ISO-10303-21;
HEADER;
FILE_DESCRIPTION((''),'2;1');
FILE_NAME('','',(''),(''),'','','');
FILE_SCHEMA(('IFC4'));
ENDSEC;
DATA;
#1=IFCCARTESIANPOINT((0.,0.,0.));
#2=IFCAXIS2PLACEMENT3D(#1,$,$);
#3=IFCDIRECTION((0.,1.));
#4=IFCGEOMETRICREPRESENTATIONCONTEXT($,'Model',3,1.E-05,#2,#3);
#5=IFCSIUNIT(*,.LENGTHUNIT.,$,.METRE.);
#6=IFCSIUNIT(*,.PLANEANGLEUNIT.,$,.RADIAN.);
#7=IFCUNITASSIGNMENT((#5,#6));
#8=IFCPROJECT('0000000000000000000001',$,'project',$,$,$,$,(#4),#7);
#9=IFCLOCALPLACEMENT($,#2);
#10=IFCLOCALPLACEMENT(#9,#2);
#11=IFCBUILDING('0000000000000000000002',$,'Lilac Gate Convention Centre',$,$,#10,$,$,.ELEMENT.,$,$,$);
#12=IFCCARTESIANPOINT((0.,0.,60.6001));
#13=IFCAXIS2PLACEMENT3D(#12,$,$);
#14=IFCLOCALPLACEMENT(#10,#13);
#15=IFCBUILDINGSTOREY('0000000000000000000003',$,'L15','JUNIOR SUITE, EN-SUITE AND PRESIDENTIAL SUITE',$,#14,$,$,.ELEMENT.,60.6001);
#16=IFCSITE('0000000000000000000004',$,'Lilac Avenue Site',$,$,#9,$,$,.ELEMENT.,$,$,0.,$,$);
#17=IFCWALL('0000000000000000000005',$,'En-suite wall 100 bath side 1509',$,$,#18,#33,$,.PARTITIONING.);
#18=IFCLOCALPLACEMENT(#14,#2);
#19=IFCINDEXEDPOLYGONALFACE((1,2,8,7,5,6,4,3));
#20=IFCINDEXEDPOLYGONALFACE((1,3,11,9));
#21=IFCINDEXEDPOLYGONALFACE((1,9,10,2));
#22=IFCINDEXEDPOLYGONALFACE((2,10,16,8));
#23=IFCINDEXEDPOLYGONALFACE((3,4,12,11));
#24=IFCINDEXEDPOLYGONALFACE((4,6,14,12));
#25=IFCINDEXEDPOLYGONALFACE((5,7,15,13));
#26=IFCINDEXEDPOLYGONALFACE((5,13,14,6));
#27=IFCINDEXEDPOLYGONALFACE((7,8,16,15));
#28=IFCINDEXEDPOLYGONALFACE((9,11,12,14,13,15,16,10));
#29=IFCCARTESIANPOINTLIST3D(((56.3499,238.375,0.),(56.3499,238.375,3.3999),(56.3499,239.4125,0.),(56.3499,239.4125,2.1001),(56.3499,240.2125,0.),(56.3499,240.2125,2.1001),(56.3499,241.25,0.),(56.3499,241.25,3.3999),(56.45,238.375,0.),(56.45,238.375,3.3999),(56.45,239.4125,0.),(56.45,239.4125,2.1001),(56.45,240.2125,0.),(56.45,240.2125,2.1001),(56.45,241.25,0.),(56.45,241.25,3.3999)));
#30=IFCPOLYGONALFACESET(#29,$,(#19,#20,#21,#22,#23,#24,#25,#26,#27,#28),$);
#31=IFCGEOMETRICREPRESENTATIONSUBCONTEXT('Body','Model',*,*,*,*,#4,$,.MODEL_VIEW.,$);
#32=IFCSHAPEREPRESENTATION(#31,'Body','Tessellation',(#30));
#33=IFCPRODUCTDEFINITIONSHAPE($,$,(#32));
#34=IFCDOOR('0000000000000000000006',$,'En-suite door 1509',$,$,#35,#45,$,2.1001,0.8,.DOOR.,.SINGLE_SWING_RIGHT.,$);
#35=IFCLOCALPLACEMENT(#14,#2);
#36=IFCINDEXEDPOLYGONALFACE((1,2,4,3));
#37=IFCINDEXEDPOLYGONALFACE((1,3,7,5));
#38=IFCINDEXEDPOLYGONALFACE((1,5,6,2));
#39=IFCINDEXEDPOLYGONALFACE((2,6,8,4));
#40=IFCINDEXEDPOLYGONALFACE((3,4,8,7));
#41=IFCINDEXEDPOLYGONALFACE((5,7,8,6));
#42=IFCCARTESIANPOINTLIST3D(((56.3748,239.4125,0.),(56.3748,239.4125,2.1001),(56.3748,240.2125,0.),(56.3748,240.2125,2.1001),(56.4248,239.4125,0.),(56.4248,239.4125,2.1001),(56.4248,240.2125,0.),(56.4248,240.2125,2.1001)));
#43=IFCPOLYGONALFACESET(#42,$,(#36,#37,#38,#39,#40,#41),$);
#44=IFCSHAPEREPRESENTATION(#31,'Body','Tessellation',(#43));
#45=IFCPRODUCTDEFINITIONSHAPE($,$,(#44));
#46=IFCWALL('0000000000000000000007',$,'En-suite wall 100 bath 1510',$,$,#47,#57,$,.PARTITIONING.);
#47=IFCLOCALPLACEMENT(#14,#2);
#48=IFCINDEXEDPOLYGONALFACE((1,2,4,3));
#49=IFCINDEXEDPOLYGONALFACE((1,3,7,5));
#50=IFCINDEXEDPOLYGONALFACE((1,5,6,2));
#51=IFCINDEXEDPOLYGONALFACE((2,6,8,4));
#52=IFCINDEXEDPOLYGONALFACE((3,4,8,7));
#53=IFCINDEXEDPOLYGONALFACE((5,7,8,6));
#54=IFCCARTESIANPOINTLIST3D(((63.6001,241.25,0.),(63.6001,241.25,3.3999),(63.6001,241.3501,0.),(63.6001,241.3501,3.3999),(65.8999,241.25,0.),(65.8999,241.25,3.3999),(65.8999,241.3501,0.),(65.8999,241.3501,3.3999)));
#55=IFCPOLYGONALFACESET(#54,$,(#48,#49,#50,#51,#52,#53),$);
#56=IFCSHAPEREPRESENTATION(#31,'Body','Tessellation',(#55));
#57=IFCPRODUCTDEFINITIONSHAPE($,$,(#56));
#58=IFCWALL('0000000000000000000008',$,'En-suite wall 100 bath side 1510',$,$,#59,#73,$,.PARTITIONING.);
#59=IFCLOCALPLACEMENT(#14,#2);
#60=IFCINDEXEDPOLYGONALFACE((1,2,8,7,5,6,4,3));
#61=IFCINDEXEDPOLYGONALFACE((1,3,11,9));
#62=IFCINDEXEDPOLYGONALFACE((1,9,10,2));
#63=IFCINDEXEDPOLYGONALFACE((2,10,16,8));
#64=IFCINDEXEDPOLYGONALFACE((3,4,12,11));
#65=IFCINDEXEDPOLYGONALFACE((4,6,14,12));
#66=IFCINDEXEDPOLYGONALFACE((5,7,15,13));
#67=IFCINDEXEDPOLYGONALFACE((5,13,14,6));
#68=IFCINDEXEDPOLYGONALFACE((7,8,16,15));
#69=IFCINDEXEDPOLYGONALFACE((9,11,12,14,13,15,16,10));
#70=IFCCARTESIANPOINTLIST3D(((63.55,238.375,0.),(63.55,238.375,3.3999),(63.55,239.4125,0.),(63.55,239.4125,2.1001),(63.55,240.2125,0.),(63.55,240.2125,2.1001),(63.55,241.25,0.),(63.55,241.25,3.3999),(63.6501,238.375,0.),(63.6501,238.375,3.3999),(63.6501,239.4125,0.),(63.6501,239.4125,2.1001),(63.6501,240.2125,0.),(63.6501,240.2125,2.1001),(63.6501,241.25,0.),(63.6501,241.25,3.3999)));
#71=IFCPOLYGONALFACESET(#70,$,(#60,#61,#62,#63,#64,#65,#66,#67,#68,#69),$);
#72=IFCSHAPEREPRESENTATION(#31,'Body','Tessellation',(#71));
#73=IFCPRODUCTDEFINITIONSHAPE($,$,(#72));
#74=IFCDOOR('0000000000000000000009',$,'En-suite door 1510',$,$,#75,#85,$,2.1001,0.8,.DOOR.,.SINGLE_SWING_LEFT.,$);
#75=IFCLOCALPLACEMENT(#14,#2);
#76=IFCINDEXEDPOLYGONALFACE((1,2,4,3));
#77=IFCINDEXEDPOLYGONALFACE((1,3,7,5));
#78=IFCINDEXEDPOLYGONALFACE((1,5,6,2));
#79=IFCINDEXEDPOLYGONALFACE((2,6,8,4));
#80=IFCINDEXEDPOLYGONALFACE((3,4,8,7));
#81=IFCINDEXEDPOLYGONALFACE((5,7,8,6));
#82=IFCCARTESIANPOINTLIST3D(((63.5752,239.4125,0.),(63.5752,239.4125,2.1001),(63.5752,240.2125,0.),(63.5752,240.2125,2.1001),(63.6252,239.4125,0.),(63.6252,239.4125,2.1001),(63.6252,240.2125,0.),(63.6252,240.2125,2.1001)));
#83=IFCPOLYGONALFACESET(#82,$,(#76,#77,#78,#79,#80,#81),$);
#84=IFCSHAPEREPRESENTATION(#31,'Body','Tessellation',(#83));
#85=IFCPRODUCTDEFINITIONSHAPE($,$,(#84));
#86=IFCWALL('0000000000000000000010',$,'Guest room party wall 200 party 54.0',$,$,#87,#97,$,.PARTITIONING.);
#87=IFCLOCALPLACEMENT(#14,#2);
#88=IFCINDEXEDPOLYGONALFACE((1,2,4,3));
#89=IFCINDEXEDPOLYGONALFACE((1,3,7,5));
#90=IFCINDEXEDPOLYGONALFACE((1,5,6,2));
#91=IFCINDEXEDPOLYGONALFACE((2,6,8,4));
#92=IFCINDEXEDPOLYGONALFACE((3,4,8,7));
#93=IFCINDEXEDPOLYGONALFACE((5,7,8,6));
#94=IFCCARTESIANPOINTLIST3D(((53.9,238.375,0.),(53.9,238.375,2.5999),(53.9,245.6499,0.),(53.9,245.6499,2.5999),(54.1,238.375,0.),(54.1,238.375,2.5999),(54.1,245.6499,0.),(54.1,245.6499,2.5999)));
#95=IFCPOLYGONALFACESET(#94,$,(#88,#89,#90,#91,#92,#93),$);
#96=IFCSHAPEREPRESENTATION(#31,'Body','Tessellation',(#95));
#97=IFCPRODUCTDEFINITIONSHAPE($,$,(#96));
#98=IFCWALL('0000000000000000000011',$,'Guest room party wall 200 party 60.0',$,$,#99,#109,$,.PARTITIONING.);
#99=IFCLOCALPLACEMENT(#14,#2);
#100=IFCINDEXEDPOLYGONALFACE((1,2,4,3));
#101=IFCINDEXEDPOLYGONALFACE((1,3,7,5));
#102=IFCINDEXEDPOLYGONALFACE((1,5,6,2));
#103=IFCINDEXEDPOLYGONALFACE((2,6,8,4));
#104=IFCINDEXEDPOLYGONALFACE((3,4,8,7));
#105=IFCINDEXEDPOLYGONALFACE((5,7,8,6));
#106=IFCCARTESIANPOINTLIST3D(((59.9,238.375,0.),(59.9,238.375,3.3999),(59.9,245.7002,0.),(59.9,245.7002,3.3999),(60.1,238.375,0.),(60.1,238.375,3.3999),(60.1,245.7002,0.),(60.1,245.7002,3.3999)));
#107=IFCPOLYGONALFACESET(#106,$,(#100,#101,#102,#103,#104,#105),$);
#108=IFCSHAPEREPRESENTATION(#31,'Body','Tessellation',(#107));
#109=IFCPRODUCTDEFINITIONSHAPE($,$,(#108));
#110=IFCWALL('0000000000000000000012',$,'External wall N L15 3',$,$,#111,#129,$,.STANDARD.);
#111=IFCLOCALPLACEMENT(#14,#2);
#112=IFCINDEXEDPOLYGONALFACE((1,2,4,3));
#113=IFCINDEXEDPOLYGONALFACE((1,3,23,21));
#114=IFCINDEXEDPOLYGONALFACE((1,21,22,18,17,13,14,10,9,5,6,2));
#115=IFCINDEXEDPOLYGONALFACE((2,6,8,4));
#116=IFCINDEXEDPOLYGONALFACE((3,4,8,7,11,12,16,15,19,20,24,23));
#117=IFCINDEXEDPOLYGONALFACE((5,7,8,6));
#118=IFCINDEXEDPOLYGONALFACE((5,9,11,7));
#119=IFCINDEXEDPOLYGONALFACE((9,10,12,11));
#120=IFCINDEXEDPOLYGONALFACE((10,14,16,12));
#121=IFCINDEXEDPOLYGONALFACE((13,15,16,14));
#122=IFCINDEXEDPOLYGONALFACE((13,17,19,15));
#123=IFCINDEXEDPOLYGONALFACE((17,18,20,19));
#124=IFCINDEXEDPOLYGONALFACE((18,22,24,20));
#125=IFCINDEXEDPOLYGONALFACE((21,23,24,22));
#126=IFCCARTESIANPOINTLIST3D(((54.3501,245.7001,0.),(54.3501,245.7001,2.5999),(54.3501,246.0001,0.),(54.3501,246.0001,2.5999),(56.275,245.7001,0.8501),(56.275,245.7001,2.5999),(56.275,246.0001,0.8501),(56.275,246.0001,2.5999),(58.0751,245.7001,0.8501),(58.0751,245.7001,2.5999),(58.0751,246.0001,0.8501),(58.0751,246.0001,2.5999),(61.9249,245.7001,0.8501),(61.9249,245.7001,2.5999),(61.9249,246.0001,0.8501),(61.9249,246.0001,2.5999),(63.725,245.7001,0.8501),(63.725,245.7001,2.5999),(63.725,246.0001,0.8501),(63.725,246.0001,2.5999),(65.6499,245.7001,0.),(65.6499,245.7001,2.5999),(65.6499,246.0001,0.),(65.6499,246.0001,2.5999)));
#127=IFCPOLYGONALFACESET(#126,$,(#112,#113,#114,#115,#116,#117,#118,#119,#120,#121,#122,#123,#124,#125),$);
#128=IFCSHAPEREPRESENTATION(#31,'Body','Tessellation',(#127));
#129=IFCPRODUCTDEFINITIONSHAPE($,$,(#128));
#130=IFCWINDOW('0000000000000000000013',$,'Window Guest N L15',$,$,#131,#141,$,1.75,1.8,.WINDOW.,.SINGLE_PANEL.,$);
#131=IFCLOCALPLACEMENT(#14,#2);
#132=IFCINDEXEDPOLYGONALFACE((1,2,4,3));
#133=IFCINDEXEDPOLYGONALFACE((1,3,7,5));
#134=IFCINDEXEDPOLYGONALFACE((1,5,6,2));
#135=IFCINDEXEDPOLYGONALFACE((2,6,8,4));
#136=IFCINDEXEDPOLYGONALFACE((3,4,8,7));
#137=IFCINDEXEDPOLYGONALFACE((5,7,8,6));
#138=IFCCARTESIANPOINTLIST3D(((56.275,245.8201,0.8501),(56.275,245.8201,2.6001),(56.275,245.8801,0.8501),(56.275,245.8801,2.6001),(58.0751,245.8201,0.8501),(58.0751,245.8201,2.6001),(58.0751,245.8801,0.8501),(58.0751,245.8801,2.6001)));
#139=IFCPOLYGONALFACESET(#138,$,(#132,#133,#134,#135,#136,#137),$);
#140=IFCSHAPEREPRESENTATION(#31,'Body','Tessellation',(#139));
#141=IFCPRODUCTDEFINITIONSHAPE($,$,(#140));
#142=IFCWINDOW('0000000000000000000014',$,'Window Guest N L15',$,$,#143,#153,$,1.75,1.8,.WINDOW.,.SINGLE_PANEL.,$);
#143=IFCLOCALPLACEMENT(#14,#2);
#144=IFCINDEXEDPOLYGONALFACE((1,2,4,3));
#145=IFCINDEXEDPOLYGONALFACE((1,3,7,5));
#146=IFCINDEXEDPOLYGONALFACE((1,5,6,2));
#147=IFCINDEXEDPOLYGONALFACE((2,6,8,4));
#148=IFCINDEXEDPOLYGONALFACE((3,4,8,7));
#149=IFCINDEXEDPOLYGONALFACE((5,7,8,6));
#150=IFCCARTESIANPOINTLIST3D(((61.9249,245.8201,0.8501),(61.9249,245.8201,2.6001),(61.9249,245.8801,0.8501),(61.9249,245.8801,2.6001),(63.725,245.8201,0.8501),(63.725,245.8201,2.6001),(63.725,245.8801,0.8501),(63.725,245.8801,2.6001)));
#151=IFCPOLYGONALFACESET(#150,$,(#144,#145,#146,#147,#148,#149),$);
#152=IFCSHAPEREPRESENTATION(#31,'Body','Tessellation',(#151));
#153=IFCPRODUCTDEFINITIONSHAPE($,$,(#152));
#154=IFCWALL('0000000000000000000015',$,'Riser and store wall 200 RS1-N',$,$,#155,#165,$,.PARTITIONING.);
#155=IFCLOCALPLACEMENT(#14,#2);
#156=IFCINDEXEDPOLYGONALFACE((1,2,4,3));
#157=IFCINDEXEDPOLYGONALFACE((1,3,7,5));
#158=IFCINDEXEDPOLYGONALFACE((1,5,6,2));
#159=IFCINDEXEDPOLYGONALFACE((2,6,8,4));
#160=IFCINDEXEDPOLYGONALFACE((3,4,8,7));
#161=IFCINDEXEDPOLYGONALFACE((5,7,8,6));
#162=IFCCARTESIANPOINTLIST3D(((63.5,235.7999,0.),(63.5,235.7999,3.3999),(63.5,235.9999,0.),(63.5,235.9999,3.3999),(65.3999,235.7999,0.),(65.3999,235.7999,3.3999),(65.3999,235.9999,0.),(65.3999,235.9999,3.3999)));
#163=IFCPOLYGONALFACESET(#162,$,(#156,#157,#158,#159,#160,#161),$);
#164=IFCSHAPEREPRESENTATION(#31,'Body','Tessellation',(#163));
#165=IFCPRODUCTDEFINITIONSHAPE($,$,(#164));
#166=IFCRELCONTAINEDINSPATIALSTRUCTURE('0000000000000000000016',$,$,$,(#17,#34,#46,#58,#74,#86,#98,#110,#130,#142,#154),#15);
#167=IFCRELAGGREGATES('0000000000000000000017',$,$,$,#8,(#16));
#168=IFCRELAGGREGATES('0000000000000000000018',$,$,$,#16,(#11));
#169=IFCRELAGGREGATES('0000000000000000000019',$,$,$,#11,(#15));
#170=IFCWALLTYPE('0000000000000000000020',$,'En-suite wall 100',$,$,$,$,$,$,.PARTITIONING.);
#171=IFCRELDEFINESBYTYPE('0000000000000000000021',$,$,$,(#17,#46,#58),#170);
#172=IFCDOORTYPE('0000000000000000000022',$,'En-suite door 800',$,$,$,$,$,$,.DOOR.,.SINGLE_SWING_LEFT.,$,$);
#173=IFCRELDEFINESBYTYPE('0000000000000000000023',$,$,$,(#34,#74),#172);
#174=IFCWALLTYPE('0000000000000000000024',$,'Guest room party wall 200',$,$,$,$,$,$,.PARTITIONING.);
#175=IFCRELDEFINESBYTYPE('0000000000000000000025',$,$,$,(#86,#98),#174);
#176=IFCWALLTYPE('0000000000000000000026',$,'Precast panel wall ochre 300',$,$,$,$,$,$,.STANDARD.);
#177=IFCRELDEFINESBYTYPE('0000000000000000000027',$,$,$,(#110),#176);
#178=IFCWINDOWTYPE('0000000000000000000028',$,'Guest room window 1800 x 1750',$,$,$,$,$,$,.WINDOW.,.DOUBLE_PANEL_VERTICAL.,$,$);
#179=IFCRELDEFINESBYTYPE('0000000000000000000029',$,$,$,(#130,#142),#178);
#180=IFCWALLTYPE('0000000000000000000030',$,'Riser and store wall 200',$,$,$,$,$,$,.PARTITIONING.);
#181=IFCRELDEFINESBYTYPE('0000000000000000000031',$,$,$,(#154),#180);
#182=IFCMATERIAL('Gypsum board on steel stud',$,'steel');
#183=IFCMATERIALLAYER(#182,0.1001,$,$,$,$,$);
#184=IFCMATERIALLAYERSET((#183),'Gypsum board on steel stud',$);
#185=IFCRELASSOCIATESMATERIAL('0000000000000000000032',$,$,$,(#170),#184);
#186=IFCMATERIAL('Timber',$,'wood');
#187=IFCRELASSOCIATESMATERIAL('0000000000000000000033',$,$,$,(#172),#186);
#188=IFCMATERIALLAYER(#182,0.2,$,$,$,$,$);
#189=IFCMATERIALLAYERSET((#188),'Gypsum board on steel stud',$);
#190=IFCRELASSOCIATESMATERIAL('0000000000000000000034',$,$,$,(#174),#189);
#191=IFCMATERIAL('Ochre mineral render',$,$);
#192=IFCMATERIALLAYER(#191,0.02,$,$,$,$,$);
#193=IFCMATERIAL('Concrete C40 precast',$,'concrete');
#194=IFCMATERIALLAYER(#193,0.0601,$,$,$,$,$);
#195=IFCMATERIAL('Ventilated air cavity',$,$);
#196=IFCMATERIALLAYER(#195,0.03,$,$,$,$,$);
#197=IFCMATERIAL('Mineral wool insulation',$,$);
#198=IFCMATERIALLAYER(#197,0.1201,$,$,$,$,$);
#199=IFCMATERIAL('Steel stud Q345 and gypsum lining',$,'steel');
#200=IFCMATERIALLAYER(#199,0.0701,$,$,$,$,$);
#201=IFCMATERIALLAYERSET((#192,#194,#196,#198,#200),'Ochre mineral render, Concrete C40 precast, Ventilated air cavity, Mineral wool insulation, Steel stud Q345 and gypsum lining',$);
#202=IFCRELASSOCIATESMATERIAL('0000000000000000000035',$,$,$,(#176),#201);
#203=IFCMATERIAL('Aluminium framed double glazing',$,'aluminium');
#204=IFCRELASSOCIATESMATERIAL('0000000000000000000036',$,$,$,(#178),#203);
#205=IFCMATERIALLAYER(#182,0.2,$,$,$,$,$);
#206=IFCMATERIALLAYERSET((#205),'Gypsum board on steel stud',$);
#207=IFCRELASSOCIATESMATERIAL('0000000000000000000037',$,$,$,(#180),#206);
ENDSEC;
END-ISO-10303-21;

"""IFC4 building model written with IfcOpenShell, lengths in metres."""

from ifc_helpers import new_model, si_unit, direction, frame, frame_2d, origin, place, context, subcontext, project, spatial, rectangle, extrude, material, layer, layer_set, type_object, element, fill, save


model = new_model("IFC4")

# Units and contexts
model_context = context("Model", 3, precision=1e-05, world=origin(), true_north=direction((0.0, 1.0)))
body_context = subcontext(model_context, "Body", "Model", "MODEL_VIEW")
ifc_project = project(units=[si_unit("LENGTHUNIT", "METRE"), si_unit("PLANEANGLEUNIT", "RADIAN")], contexts=[model_context])

# Site, building, storey
site_placement = place(None, origin())
site = spatial("IfcSite", under=ifc_project, at=site_placement, Name="Lilac Avenue Site", CompositionType="ELEMENT", RefElevation=0.0)
building_placement = place(site_placement, origin())
building = spatial("IfcBuilding", under=site, at=building_placement, Name="Lilac Gate Convention Centre", CompositionType="ELEMENT")
storey_placement = place(building_placement, frame((0.0, 0.0, 60.6001)))
storey = spatial("IfcBuildingStorey", under=building, at=storey_placement, Name="L15", Description="JUNIOR SUITE, EN-SUITE AND PRESIDENTIAL SUITE", CompositionType="ELEMENT", Elevation=60.6001)

# Shared definitions
ifc_material_1 = material(Name="Gypsum board on steel stud", Category="steel")
ifc_material_2 = material(Name="Timber", Category="wood")

# Shared definitions
ifc_layer_1 = layer(ifc_material_1, 0.1001)
ifc_layer_set_1 = layer_set([ifc_layer_1], Name="Gypsum board on steel stud")
wall_type_1 = type_object("IfcWallType", Name="En-suite wall 100", PredefinedType="PARTITIONING", material=ifc_layer_set_1)

# Wall, opening, door
wall_1_placement = place(storey_placement, frame((56.3999, 241.25, 0.0), z_axis=(0.0, 0.0, 1.0), x_axis=(0.0, -1.0, 0.0)))
wall_1 = element("IfcWall", 1, at=wall_1_placement, inside=storey, type_object=wall_type_1, Name="En-suite wall 100 bath side 1509", PredefinedType="PARTITIONING", context=body_context, shape_type="SweptSolid", body=[
    extrude(rectangle(XDim=2.875, YDim=0.1001, at=frame_2d((1.4375, 0.0))), origin(), (0.0, 0.0, 1.0), 3.3999),
])
opening_1_placement = place(wall_1_placement, frame((1.0376, 0.0, 0.0)))
opening_1 = element("IfcOpeningElement", 2, at=opening_1_placement, cuts=wall_1, PredefinedType="OPENING", context=body_context, shape_type="SweptSolid", body=[
    extrude(rectangle(XDim=0.8, YDim=2.1001, at=frame_2d((0.3999, 1.05))), frame((0.0, 0.0601, 0.0), z_axis=(0.0, -1.0, 0.0), x_axis=(1.0, 0.0, 0.0)), (0.0, 0.0, 1.0), 0.1201),
])
door_type_1 = type_object("IfcDoorType", Name="En-suite door 800", OperationType="SINGLE_SWING_LEFT", PredefinedType="DOOR", material=ifc_material_2)
door_1_placement = place(opening_1_placement, origin())
door_1 = element("IfcDoor", 3, at=door_1_placement, inside=storey, type_object=door_type_1, Name="En-suite door 1509", OperationType="SINGLE_SWING_RIGHT", OverallHeight=2.1001, OverallWidth=0.8, PredefinedType="DOOR", context=body_context, shape_type="SweptSolid", body=[
    extrude(rectangle(XDim=0.8, YDim=2.1001, at=frame_2d((0.3999, 1.05))), frame((0.0, 0.0249, 0.0), z_axis=(0.0, -1.0, 0.0), x_axis=(1.0, 0.0, 0.0)), (0.0, 0.0, 1.0), 0.05),
])
fill(opening_1, door_1)

# Wall
wall_2_placement = place(storey_placement, frame((63.6001, 241.3, 0.0), z_axis=(0.0, 0.0, 1.0), x_axis=(1.0, 0.0, 0.0)))
element("IfcWall", 4, at=wall_2_placement, inside=storey, type_object=wall_type_1, Name="En-suite wall 100 bath 1510", PredefinedType="PARTITIONING", context=body_context, shape_type="SweptSolid", body=[
    extrude(rectangle(XDim=2.2998, YDim=0.1001, at=frame_2d((1.1499, 0.0))), origin(), (0.0, 0.0, 1.0), 3.3999),
])

# Wall, opening, door
wall_3_placement = place(storey_placement, frame((63.6001, 238.375, 0.0), z_axis=(0.0, 0.0, 1.0), x_axis=(0.0, 1.0, 0.0)))
wall_3 = element("IfcWall", 5, at=wall_3_placement, inside=storey, type_object=wall_type_1, Name="En-suite wall 100 bath side 1510", PredefinedType="PARTITIONING", context=body_context, shape_type="SweptSolid", body=[
    extrude(rectangle(XDim=2.875, YDim=0.1001, at=frame_2d((1.4375, 0.0))), origin(), (0.0, 0.0, 1.0), 3.3999),
])
opening_2_placement = place(wall_3_placement, frame((1.0376, 0.0, 0.0)))
opening_2 = element("IfcOpeningElement", 6, at=opening_2_placement, cuts=wall_3, PredefinedType="OPENING", context=body_context, shape_type="SweptSolid", body=[
    extrude(rectangle(XDim=0.8, YDim=2.1001, at=frame_2d((0.3999, 1.05))), frame((0.0, 0.0601, 0.0), z_axis=(0.0, -1.0, 0.0), x_axis=(1.0, 0.0, 0.0)), (0.0, 0.0, 1.0), 0.1201),
])
door_2_placement = place(opening_2_placement, origin())
door_2 = element("IfcDoor", 7, at=door_2_placement, inside=storey, type_object=door_type_1, Name="En-suite door 1510", OperationType="SINGLE_SWING_LEFT", OverallHeight=2.1001, OverallWidth=0.8, PredefinedType="DOOR", context=body_context, shape_type="SweptSolid", body=[
    extrude(rectangle(XDim=0.8, YDim=2.1001, at=frame_2d((0.3999, 1.05))), frame((0.0, 0.0249, 0.0), z_axis=(0.0, -1.0, 0.0), x_axis=(1.0, 0.0, 0.0)), (0.0, 0.0, 1.0), 0.05),
])
fill(opening_2, door_2)

# Walls
ifc_layer_2 = layer(ifc_material_1, 0.2)
ifc_layer_set_2 = layer_set([ifc_layer_2], Name="Gypsum board on steel stud")
wall_type_2 = type_object("IfcWallType", Name="Guest room party wall 200", PredefinedType="PARTITIONING", material=ifc_layer_set_2)
wall_4_placement = place(storey_placement, frame((54.0, 245.6499, 0.0), z_axis=(0.0, 0.0, 1.0), x_axis=(0.0, -1.0, 0.0)))
element("IfcWall", 8, at=wall_4_placement, inside=storey, type_object=wall_type_2, Name="Guest room party wall 200 party 54.0", PredefinedType="PARTITIONING", context=body_context, shape_type="SweptSolid", body=[
    extrude(rectangle(XDim=7.2749, YDim=0.2, at=frame_2d((3.6375, 0.0))), origin(), (0.0, 0.0, 1.0), 2.5999),
])
wall_5_placement = place(storey_placement, frame((60.0, 245.7002, 0.0), z_axis=(0.0, 0.0, 1.0), x_axis=(0.0, -1.0, 0.0)))
element("IfcWall", 9, at=wall_5_placement, inside=storey, type_object=wall_type_2, Name="Guest room party wall 200 party 60.0", PredefinedType="PARTITIONING", context=body_context, shape_type="SweptSolid", body=[
    extrude(rectangle(XDim=7.3252, YDim=0.2, at=frame_2d((3.6626, 0.0))), origin(), (0.0, 0.0, 1.0), 3.3999),
])

# Wall, openings, windows
ifc_material_3 = material(Name="Ochre mineral render")
ifc_layer_3 = layer(ifc_material_3, 0.02)
ifc_material_4 = material(Name="Concrete C40 precast", Category="concrete")
ifc_layer_4 = layer(ifc_material_4, 0.0601)
ifc_material_5 = material(Name="Ventilated air cavity")
ifc_layer_5 = layer(ifc_material_5, 0.03)
ifc_material_6 = material(Name="Mineral wool insulation")
ifc_layer_6 = layer(ifc_material_6, 0.1201)
ifc_material_7 = material(Name="Steel stud Q345 and gypsum lining", Category="steel")
ifc_layer_7 = layer(ifc_material_7, 0.0701)
ifc_layer_set_3 = layer_set([ifc_layer_3, ifc_layer_4, ifc_layer_5, ifc_layer_6, ifc_layer_7], Name="Ochre mineral render, Concrete C40 precast, Ventilated air cavity, Mineral wool insulation, Steel stud Q345 and gypsum lining")
wall_type_3 = type_object("IfcWallType", Name="Precast panel wall ochre 300", PredefinedType="STANDARD", material=ifc_layer_set_3)
wall_6_placement = place(storey_placement, frame((65.6499, 245.8501, 0.0), z_axis=(0.0, 0.0, 1.0), x_axis=(-1.0, 0.0, 0.0)))
wall_6 = element("IfcWall", 10, at=wall_6_placement, inside=storey, type_object=wall_type_3, Name="External wall N L15 3", PredefinedType="STANDARD", context=body_context, shape_type="SweptSolid", body=[
    extrude(rectangle(XDim=11.2998, YDim=0.3, at=frame_2d((5.6499, 0.0))), origin(), (0.0, 0.0, 1.0), 2.5999),
])
opening_3_placement = place(wall_6_placement, frame((7.575, 0.0, 0.8501)))
opening_3 = element("IfcOpeningElement", 11, at=opening_3_placement, cuts=wall_6, PredefinedType="OPENING", context=body_context, shape_type="SweptSolid", body=[
    extrude(rectangle(XDim=1.8, YDim=1.75, at=frame_2d((0.8999, 0.875))), frame((0.0, 0.1599, 0.0), z_axis=(0.0, -1.0, 0.0), x_axis=(1.0, 0.0, 0.0)), (0.0, 0.0, 1.0), 0.3201),
])
opening_4_placement = place(wall_6_placement, frame((1.925, 0.0, 0.8501)))
opening_4 = element("IfcOpeningElement", 12, at=opening_4_placement, cuts=wall_6, PredefinedType="OPENING", context=body_context, shape_type="SweptSolid", body=[
    extrude(rectangle(XDim=1.8, YDim=1.75, at=frame_2d((0.8999, 0.875))), frame((0.0, 0.1599, 0.0), z_axis=(0.0, -1.0, 0.0), x_axis=(1.0, 0.0, 0.0)), (0.0, 0.0, 1.0), 0.3201),
])
ifc_material_8 = material(Name="Aluminium framed double glazing", Category="aluminium")
window_type = type_object("IfcWindowType", Name="Guest room window 1800 x 1750", PartitioningType="DOUBLE_PANEL_VERTICAL", PredefinedType="WINDOW", material=ifc_material_8)
window_1_placement = place(opening_3_placement, origin())
window_1 = element("IfcWindow", 13, at=window_1_placement, inside=storey, type_object=window_type, Name="Window Guest N L15", OverallHeight=1.75, OverallWidth=1.8, PartitioningType="SINGLE_PANEL", PredefinedType="WINDOW", context=body_context, shape_type="SweptSolid", body=[
    extrude(rectangle(XDim=1.8, YDim=1.75, at=frame_2d((0.8999, 0.875))), frame((0.0, 0.03, 0.0), z_axis=(0.0, -1.0, 0.0), x_axis=(1.0, 0.0, 0.0)), (0.0, 0.0, 1.0), 0.0601),
])
fill(opening_3, window_1)
window_2_placement = place(opening_4_placement, origin())
window_2 = element("IfcWindow", 14, at=window_2_placement, inside=storey, type_object=window_type, Name="Window Guest N L15", OverallHeight=1.75, OverallWidth=1.8, PartitioningType="SINGLE_PANEL", PredefinedType="WINDOW", context=body_context, shape_type="SweptSolid", body=[
    extrude(rectangle(XDim=1.8, YDim=1.75, at=frame_2d((0.8999, 0.875))), frame((0.0, 0.03, 0.0), z_axis=(0.0, -1.0, 0.0), x_axis=(1.0, 0.0, 0.0)), (0.0, 0.0, 1.0), 0.0601),
])
fill(opening_4, window_2)

# Wall
ifc_layer_8 = layer(ifc_material_1, 0.2)
ifc_layer_set_4 = layer_set([ifc_layer_8], Name="Gypsum board on steel stud")
wall_type_4 = type_object("IfcWallType", Name="Riser and store wall 200", PredefinedType="PARTITIONING", material=ifc_layer_set_4)
wall_7_placement = place(storey_placement, frame((63.5, 235.8999, 0.0), z_axis=(0.0, 0.0, 1.0), x_axis=(1.0, 0.0, 0.0)))
element("IfcWall", 15, at=wall_7_placement, inside=storey, type_object=wall_type_4, Name="Riser and store wall 200 RS1-N", PredefinedType="PARTITIONING", context=body_context, shape_type="SweptSolid", body=[
    extrude(rectangle(XDim=1.8999, YDim=0.2, at=frame_2d((0.95, 0.0))), origin(), (0.0, 0.0, 1.0), 3.3999),
])

save(model, "model.ifc")
